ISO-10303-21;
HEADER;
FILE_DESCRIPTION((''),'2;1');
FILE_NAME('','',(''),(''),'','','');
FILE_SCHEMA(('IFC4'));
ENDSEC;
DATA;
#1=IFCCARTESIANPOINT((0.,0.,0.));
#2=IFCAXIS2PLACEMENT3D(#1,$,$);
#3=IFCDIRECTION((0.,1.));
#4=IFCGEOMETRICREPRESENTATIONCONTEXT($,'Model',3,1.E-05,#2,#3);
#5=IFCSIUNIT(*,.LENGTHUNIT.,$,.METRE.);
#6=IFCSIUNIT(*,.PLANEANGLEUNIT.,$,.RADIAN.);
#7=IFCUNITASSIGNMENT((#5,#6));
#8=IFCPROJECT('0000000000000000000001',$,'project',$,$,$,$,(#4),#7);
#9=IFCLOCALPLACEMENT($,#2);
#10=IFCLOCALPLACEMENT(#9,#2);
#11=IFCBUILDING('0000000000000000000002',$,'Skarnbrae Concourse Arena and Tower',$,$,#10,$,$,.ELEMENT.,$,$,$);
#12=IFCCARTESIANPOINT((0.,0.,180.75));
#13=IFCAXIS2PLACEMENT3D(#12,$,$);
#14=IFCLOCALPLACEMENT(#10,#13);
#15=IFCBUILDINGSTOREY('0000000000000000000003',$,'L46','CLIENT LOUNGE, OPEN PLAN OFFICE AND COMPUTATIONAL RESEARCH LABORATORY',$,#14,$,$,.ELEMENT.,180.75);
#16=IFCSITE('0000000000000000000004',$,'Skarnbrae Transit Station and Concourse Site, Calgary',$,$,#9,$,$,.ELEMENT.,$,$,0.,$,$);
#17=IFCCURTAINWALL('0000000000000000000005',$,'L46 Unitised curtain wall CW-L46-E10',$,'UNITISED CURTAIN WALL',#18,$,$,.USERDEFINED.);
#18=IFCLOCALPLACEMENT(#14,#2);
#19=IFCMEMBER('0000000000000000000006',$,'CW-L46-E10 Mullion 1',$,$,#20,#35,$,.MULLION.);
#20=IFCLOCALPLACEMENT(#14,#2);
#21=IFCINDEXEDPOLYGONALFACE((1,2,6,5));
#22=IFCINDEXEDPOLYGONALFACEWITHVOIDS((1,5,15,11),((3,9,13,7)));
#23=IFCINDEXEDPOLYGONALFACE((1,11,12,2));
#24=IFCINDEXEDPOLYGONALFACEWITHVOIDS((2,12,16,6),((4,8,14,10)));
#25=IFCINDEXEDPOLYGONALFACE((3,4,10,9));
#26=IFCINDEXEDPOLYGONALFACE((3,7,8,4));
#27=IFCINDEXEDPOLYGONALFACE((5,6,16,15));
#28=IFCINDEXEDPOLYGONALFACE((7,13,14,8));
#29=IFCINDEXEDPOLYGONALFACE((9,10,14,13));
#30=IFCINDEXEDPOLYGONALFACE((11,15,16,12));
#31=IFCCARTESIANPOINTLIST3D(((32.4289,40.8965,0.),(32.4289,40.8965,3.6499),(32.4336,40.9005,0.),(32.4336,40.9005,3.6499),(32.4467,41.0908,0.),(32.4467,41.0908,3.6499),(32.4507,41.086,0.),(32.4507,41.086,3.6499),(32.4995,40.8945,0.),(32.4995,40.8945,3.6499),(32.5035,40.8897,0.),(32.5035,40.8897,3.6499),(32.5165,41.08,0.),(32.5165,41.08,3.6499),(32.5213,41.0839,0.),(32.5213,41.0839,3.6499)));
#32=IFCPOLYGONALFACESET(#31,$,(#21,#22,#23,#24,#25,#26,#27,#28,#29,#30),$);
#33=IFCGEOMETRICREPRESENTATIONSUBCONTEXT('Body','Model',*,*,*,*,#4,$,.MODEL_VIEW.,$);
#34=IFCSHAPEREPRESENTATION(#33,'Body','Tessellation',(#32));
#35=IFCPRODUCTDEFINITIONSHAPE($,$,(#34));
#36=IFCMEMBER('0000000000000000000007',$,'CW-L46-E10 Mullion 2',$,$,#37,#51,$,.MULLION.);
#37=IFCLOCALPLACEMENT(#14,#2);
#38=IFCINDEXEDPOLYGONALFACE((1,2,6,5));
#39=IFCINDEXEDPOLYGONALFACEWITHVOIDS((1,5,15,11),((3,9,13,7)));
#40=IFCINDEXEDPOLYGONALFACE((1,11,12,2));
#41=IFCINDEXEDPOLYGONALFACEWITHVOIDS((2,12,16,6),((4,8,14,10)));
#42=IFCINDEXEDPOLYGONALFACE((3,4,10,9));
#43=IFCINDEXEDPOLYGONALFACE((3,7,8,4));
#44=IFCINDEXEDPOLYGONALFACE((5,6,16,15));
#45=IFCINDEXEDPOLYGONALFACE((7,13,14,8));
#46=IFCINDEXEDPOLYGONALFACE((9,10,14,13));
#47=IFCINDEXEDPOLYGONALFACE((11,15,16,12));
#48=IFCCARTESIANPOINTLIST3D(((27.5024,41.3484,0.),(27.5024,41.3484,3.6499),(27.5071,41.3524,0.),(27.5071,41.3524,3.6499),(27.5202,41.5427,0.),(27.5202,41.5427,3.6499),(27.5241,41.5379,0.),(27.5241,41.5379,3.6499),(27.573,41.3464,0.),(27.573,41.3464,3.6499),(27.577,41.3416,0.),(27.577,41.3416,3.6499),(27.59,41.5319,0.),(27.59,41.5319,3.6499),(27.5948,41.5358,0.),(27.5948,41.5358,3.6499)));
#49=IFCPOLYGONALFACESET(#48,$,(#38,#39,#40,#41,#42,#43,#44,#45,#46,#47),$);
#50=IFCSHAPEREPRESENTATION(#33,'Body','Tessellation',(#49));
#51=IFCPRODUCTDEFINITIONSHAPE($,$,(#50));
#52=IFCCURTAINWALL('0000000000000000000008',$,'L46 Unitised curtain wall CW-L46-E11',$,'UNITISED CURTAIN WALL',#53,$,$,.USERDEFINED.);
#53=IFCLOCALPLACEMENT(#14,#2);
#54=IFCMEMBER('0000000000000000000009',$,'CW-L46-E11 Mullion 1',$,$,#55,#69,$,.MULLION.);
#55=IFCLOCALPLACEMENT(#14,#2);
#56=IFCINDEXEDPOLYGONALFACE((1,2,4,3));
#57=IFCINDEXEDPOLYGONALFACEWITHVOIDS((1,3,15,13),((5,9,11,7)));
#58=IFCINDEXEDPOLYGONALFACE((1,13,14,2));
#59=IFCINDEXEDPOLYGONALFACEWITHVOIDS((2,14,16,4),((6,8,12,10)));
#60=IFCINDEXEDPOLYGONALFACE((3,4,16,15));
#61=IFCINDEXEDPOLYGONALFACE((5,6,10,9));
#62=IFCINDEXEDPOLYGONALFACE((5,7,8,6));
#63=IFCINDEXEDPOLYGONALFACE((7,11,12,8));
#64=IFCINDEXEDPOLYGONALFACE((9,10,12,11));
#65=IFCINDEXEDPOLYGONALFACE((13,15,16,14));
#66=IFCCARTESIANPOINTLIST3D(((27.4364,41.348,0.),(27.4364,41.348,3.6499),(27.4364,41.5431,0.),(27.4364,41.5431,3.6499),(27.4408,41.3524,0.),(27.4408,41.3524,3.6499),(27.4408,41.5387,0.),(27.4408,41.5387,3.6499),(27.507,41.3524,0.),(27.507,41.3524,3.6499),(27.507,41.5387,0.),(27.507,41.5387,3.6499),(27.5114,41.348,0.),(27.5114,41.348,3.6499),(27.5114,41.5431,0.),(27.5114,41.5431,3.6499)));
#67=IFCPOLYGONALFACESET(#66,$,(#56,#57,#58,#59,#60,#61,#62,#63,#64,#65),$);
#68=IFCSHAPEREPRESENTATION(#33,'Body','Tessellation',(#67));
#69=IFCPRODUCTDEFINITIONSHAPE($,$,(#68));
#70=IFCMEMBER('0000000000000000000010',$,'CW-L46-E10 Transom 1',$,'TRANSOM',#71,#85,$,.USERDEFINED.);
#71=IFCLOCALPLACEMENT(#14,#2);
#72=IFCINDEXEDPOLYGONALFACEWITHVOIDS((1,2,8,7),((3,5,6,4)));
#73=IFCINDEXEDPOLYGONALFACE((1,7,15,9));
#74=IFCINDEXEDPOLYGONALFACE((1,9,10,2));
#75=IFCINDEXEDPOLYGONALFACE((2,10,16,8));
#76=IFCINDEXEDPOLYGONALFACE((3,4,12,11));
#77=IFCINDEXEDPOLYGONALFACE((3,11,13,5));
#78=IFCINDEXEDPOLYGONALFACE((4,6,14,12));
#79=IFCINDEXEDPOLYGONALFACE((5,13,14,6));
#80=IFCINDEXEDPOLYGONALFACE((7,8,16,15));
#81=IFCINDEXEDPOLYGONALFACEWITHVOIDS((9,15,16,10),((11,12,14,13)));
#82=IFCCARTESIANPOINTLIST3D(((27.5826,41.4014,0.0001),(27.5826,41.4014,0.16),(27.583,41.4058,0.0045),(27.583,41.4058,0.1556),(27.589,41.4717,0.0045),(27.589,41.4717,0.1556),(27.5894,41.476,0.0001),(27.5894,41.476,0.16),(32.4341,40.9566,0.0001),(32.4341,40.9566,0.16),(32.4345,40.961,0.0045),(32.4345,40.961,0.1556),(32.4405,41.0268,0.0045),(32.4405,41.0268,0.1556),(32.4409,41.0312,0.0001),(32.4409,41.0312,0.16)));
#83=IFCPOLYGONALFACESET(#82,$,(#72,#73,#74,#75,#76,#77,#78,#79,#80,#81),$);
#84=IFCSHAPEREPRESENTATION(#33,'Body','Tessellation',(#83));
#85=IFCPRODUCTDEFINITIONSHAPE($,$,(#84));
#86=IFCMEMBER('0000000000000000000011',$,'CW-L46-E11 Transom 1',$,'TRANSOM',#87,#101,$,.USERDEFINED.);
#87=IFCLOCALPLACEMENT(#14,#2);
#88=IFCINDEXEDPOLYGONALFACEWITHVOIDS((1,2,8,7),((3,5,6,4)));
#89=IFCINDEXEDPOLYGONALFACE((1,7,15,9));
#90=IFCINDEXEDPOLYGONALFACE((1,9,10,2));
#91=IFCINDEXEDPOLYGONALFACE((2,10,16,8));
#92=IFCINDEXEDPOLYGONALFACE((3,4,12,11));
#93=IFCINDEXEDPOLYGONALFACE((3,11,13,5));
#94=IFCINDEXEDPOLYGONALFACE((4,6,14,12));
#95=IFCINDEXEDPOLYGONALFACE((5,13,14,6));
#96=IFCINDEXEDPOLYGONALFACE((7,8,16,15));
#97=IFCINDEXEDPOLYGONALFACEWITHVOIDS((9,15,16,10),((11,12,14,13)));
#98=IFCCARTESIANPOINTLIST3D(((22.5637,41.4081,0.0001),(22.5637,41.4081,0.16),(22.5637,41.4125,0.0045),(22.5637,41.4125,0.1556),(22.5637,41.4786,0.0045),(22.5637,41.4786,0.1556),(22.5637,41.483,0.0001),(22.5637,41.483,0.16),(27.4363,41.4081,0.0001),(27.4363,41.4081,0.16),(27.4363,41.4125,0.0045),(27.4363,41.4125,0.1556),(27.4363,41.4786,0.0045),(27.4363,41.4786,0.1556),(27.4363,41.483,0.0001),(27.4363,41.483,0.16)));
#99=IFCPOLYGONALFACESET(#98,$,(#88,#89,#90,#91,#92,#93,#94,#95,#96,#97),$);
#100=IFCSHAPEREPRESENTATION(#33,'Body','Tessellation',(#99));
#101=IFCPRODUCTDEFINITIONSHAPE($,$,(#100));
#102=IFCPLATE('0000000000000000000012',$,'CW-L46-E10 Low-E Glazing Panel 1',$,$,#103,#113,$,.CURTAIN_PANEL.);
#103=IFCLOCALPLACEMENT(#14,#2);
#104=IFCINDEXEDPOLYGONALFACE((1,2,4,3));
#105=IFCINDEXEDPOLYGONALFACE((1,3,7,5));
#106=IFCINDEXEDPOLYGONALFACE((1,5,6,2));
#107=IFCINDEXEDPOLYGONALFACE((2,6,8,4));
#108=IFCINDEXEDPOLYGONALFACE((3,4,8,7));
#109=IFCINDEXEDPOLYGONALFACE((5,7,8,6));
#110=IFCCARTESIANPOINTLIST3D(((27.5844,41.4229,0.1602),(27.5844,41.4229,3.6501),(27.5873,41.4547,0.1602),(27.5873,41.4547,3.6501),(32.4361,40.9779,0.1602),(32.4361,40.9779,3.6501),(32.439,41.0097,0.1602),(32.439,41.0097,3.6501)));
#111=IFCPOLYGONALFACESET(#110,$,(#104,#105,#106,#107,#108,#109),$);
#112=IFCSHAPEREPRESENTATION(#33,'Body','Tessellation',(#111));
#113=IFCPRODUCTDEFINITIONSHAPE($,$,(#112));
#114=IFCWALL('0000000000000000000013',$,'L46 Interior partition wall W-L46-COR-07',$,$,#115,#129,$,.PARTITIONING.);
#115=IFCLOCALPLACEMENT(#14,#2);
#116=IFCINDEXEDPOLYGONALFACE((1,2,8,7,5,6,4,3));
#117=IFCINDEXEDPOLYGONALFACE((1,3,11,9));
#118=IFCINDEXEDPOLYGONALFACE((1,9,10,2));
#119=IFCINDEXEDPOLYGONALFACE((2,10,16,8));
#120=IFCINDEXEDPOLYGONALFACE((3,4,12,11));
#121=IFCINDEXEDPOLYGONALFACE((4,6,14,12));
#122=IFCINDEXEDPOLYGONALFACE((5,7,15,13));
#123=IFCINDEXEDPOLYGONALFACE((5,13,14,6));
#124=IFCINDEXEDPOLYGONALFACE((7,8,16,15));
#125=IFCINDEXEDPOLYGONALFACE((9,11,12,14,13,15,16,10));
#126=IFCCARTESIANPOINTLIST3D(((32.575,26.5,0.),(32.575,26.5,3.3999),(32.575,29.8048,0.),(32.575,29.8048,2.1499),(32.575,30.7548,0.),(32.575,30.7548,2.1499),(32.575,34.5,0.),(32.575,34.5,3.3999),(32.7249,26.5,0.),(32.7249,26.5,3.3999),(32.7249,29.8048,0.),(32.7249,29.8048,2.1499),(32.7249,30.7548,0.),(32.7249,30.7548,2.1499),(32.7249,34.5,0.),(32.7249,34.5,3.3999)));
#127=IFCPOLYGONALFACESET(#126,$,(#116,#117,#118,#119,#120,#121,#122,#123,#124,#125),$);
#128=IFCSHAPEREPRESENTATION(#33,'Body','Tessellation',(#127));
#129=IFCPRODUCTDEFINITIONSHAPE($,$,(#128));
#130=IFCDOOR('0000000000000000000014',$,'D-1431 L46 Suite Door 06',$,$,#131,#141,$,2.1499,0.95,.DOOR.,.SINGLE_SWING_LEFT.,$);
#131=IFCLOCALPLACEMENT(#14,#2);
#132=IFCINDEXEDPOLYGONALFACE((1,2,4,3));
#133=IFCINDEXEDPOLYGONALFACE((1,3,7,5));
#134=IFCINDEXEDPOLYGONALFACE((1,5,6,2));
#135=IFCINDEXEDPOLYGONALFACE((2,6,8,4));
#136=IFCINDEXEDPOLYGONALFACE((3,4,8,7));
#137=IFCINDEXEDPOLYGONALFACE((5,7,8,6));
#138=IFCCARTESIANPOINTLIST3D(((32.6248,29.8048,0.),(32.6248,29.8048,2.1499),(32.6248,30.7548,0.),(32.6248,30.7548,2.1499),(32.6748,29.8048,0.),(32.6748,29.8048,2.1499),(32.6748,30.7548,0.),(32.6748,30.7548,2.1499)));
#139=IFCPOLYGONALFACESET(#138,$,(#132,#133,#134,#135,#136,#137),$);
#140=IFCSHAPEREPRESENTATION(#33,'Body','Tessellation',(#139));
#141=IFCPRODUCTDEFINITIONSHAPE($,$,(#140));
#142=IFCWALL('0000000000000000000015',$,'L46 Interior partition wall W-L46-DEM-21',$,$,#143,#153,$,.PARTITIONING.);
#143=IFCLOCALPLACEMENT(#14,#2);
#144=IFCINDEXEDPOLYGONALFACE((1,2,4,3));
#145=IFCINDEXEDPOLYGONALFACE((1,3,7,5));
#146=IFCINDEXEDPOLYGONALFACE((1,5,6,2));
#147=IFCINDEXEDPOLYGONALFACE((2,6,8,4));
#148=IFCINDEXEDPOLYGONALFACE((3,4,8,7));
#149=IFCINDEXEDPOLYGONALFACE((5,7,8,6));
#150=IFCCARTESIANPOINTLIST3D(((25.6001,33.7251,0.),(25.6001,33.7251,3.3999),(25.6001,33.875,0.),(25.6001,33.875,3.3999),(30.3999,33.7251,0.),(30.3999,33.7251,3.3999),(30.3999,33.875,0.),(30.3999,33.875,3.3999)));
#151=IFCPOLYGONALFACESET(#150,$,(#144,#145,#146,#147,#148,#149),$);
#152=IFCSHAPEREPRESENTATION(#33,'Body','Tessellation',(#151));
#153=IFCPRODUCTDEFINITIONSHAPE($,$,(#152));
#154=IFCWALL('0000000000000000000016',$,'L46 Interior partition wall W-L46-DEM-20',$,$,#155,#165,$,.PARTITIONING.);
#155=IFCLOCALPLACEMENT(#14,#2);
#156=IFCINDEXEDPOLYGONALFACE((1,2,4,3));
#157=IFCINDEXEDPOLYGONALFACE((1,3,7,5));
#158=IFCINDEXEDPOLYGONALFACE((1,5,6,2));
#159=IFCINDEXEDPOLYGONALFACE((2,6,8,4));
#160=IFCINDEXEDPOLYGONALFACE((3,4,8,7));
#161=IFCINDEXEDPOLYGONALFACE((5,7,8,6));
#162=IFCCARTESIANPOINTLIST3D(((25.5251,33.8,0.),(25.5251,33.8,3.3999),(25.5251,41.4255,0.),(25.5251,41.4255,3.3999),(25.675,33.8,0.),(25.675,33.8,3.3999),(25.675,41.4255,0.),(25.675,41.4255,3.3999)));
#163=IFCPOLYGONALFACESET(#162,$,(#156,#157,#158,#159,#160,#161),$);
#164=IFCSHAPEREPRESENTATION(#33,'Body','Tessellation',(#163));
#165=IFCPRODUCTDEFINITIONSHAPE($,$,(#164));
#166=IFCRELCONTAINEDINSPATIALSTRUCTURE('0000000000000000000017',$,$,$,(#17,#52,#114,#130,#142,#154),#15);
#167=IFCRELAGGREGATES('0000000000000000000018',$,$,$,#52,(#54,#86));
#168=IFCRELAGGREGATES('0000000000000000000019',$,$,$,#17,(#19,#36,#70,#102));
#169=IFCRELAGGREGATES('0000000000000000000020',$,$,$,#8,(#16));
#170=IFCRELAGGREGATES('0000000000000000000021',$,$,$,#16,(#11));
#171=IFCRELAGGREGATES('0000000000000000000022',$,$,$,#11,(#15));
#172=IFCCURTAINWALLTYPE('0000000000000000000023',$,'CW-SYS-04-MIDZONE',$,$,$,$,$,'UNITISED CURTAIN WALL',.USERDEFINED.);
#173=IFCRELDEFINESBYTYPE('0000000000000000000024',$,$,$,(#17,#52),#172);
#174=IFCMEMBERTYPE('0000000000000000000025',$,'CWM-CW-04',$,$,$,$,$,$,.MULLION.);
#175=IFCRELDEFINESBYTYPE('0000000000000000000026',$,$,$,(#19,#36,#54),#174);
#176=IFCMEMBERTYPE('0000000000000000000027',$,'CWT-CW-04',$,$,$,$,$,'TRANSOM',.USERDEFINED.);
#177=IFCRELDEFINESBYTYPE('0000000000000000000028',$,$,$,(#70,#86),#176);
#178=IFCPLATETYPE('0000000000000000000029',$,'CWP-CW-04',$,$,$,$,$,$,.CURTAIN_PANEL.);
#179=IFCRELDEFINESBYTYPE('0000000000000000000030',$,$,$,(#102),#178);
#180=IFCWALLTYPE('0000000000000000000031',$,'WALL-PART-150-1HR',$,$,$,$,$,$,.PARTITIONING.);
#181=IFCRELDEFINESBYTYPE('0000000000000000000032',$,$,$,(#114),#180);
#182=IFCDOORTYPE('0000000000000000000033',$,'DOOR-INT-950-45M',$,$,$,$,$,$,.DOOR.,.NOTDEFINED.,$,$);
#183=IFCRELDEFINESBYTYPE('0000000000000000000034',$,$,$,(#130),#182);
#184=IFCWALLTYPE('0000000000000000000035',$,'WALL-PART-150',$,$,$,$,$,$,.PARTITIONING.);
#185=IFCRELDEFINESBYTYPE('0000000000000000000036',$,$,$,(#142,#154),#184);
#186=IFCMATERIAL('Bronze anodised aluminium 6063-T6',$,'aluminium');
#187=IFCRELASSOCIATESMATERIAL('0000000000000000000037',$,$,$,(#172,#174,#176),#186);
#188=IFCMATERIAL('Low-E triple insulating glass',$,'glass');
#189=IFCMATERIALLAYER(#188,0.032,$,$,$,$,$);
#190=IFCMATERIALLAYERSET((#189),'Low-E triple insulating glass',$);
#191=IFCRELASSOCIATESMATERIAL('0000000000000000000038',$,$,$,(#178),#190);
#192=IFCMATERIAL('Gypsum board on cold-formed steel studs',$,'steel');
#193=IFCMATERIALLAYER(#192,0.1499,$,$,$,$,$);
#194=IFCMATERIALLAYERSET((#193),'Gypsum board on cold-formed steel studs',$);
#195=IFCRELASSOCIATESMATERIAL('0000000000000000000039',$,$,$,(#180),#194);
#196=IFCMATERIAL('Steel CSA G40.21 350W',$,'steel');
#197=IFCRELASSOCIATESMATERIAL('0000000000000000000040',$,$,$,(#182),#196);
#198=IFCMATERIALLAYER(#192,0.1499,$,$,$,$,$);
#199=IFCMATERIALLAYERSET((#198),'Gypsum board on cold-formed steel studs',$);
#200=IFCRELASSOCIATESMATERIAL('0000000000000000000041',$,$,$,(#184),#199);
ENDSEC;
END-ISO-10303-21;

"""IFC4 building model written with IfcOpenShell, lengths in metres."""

from ifc_helpers import new_model, si_unit, direction, frame, frame_2d, origin, origin_2d, place, context, subcontext, project, spatial, rectangle, hollow_rectangle, extrude, source, transform, mapped, material, layer, layer_set, material_profile, profile_set, type_object, element, fill, aggregate, save


model = new_model("IFC4")

# Units and contexts
model_context = context("Model", 3, precision=1e-05, world=origin(), true_north=direction((0.0, 1.0)))
body_context = subcontext(model_context, "Body", "Model", "MODEL_VIEW")
ifc_project = project(units=[si_unit("LENGTHUNIT", "METRE"), si_unit("PLANEANGLEUNIT", "RADIAN")], contexts=[model_context])

# Site, building, storey
site_placement = place(None, origin())
site = spatial("IfcSite", under=ifc_project, at=site_placement, Name="Skarnbrae Transit Station and Concourse Site, Calgary", CompositionType="ELEMENT", RefElevation=0.0)
building_placement = place(site_placement, origin())
building = spatial("IfcBuilding", under=site, at=building_placement, Name="Skarnbrae Concourse Arena and Tower", CompositionType="ELEMENT")
storey_placement = place(building_placement, frame((0.0, 0.0, 180.75)))
storey = spatial("IfcBuildingStorey", under=building, at=storey_placement, Name="L46", Description="CLIENT LOUNGE, OPEN PLAN OFFICE AND COMPUTATIONAL RESEARCH LABORATORY", CompositionType="ELEMENT", Elevation=180.75)

# Shared definitions
ifc_material_1 = material(Name="Steel CSA G40.21 350W", Category="steel")

# Shared definitions
ifc_material_2 = material(Name="Bronze anodised aluminium 6063-T6", Category="aluminium")
curtain_wall_type = type_object("IfcCurtainWallType", Name="CW-SYS-04-MIDZONE", ElementType="UNITISED CURTAIN WALL", PredefinedType="USERDEFINED", material=ifc_material_2)
ifc_material_profile_1 = material_profile(ifc_material_2, hollow_rectangle(XDim=0.075, YDim=0.1951, WallThickness=0.0044, at=origin_2d()), Name="ALU-MULL-75X195")
ifc_profile_set_1 = profile_set([ifc_material_profile_1], Name="Bronze anodised aluminium 6063-T6")
member_type_1 = type_object("IfcMemberType", Name="CWM-CW-04", PredefinedType="MULLION", material=ifc_profile_set_1)
shared_shape_1 = source(origin(), body_context, "Body", "SweptSolid", [
    extrude(hollow_rectangle(XDim=0.075, YDim=0.1951, WallThickness=0.0044, at=origin_2d()), origin(), (0.0, 0.0, 1.0), 3.6499),
])

# Curtain wall, members
curtain_wall_1_placement = place(storey_placement, origin())
curtain_wall_1 = element("IfcCurtainWall", 1, at=curtain_wall_1_placement, inside=storey, type_object=curtain_wall_type, Name="L46 Unitised curtain wall CW-L46-E10", ObjectType="UNITISED CURTAIN WALL", PredefinedType="USERDEFINED")
member_1_placement = place(storey_placement, frame((32.4751, 40.9902, 0.0), z_axis=(0.0, 0.0, 1.0), x_axis=(-0.99582, 0.091338, 0.0)))
member_1 = element("IfcMember", 2, at=member_1_placement, type_object=member_type_1, Name="CW-L46-E10 Mullion 1", PredefinedType="MULLION", context=body_context, shape_type="MappedRepresentation", body=[
    mapped(shared_shape_1, transform((0.0, 0.0, 0.0))),
])
member_2_placement = place(storey_placement, frame((27.5486, 41.4421, 0.0), z_axis=(0.0, 0.0, 1.0), x_axis=(-0.99582, 0.091338, 0.0)))
member_2 = element("IfcMember", 3, at=member_2_placement, type_object=member_type_1, Name="CW-L46-E10 Mullion 2", PredefinedType="MULLION", context=body_context, shape_type="MappedRepresentation", body=[
    mapped(shared_shape_1, transform((0.0, 0.0, 0.0))),
])

# Curtain wall, member
curtain_wall_2_placement = place(storey_placement, origin())
curtain_wall_2 = element("IfcCurtainWall", 4, at=curtain_wall_2_placement, inside=storey, type_object=curtain_wall_type, Name="L46 Unitised curtain wall CW-L46-E11", ObjectType="UNITISED CURTAIN WALL", PredefinedType="USERDEFINED")
member_3_placement = place(storey_placement, frame((27.4739, 41.4456, 0.0), z_axis=(0.0, 0.0, 1.0), x_axis=(-1.0, 0.0, 0.0)))
member_3 = element("IfcMember", 5, at=member_3_placement, type_object=member_type_1, Name="CW-L46-E11 Mullion 1", PredefinedType="MULLION", context=body_context, shape_type="MappedRepresentation", body=[
    mapped(shared_shape_1, transform((0.0, 0.0, 0.0))),
])

# Members
ifc_material_profile_2 = material_profile(ifc_material_2, hollow_rectangle(XDim=0.075, YDim=0.1599, WallThickness=0.0044, at=origin_2d()), Name="ALU-TRAN-75X160")
ifc_profile_set_2 = profile_set([ifc_material_profile_2], Name="Bronze anodised aluminium 6063-T6")
member_type_2 = type_object("IfcMemberType", Name="CWT-CW-04", ElementType="TRANSOM", PredefinedType="USERDEFINED", material=ifc_profile_set_2)
shared_shape_2 = source(origin(), body_context, "Body", "SweptSolid", [
    extrude(hollow_rectangle(XDim=0.075, YDim=0.1599, WallThickness=0.0044, at=origin_2d()), origin(), (0.0, 0.0, 1.0), 4.8718),
])
member_4_placement = place(storey_placement, frame((32.4375, 40.9939, 0.0801), z_axis=(-0.995823, 0.091304, 0.0), x_axis=(-0.091304, -0.995823, 0.0)))
member_4 = element("IfcMember", 6, at=member_4_placement, type_object=member_type_2, Name="CW-L46-E10 Transom 1", ObjectType="TRANSOM", PredefinedType="USERDEFINED", context=body_context, shape_type="MappedRepresentation", body=[
    mapped(shared_shape_2, transform((0.0, 0.0, 0.0))),
])
shared_shape_3 = source(origin(), body_context, "Body", "SweptSolid", [
    extrude(hollow_rectangle(XDim=0.075, YDim=0.1599, WallThickness=0.0044, at=origin_2d()), origin(), (0.0, 0.0, 1.0), 4.8726),
])
member_5_placement = place(storey_placement, frame((27.4363, 41.4456, 0.0801), z_axis=(-1.0, 0.0, 0.0), x_axis=(0.0, -1.0, 0.0)))
member_5 = element("IfcMember", 7, at=member_5_placement, type_object=member_type_2, Name="CW-L46-E11 Transom 1", ObjectType="TRANSOM", PredefinedType="USERDEFINED", context=body_context, shape_type="MappedRepresentation", body=[
    mapped(shared_shape_3, transform((0.0, 0.0, 0.0))),
])
aggregate(curtain_wall_2, [member_3, member_5])

# Plate
ifc_material_3 = material(Name="Low-E triple insulating glass", Category="glass")
ifc_layer_1 = layer(ifc_material_3, 0.032)
ifc_layer_set_1 = layer_set([ifc_layer_1], Name="Low-E triple insulating glass")
plate_type = type_object("IfcPlateType", Name="CWP-CW-04", PredefinedType="CURTAIN_PANEL", material=ifc_layer_set_1)
shared_shape_4 = source(origin(), body_context, "Body", "SweptSolid", [
    extrude(rectangle(XDim=4.8721, YDim=0.032, at=origin_2d()), origin(), (0.0, 0.0, 1.0), 3.49),
])
plate_placement = place(storey_placement, frame((30.0117, 41.2163, 0.1602), z_axis=(0.0, 0.0, 1.0), x_axis=(-0.99582, 0.091338, 0.0)))
plate = element("IfcPlate", 8, at=plate_placement, type_object=plate_type, Name="CW-L46-E10 Low-E Glazing Panel 1", PredefinedType="CURTAIN_PANEL", context=body_context, shape_type="MappedRepresentation", body=[
    mapped(shared_shape_4, transform((0.0, 0.0, 0.0))),
])
aggregate(curtain_wall_1, [member_1, member_2, member_4, plate])

# Wall, opening, door
ifc_material_4 = material(Name="Gypsum board on cold-formed steel studs", Category="steel")
ifc_layer_2 = layer(ifc_material_4, 0.1499)
ifc_layer_set_2 = layer_set([ifc_layer_2], Name="Gypsum board on cold-formed steel studs")
wall_type_1 = type_object("IfcWallType", Name="WALL-PART-150-1HR", PredefinedType="PARTITIONING", material=ifc_layer_set_2)
shared_shape_5 = source(origin(), body_context, "Body", "SweptSolid", [
    extrude(rectangle(XDim=8.0, YDim=0.1499, at=frame_2d((4.0, 0.0))), origin(), (0.0, 0.0, 1.0), 3.3999),
])
wall_1_placement = place(storey_placement, frame((32.6499, 34.5, 0.0), z_axis=(0.0, 0.0, 1.0), x_axis=(0.0, -1.0, 0.0)))
wall_1 = element("IfcWall", 9, at=wall_1_placement, inside=storey, type_object=wall_type_1, Name="L46 Interior partition wall W-L46-COR-07", PredefinedType="PARTITIONING", context=body_context, shape_type="MappedRepresentation", body=[
    mapped(shared_shape_5, transform((0.0, 0.0, 0.0))),
])
opening_1_placement = place(wall_1_placement, frame((3.7451, 0.0, 0.0)))
opening_1 = element("IfcOpeningElement", 10, at=opening_1_placement, cuts=wall_1, PredefinedType="OPENING", context=body_context, shape_type="SweptSolid", body=[
    extrude(rectangle(XDim=0.95, YDim=2.1499, at=frame_2d((0.4751, 1.075))), frame((0.0, 0.085, 0.0), z_axis=(0.0, -1.0, 0.0), x_axis=(1.0, 0.0, 0.0)), (0.0, 0.0, 1.0), 0.1699),
])
door_type = type_object("IfcDoorType", Name="DOOR-INT-950-45M", OperationType="NOTDEFINED", PredefinedType="DOOR", material=ifc_material_1)
shared_shape_6 = source(origin(), body_context, "Body", "SweptSolid", [
    extrude(rectangle(XDim=0.95, YDim=2.1499, at=frame_2d((0.4751, 1.075))), frame((0.0, 0.0249, 0.0), z_axis=(0.0, -1.0, 0.0), x_axis=(1.0, 0.0, 0.0)), (0.0, 0.0, 1.0), 0.05),
])
door_1_placement = place(opening_1_placement, origin())
door_1 = element("IfcDoor", 11, at=door_1_placement, inside=storey, type_object=door_type, Name="D-1431 L46 Suite Door 06", OperationType="SINGLE_SWING_LEFT", OverallHeight=2.1499, OverallWidth=0.95, PredefinedType="DOOR", context=body_context, shape_type="MappedRepresentation", body=[
    mapped(shared_shape_6, transform((0.0, 0.0, 0.0))),
])
fill(opening_1, door_1)

# Walls
ifc_layer_3 = layer(ifc_material_4, 0.1499)
ifc_layer_set_3 = layer_set([ifc_layer_3], Name="Gypsum board on cold-formed steel studs")
wall_type_2 = type_object("IfcWallType", Name="WALL-PART-150", PredefinedType="PARTITIONING", material=ifc_layer_set_3)
shared_shape_7 = source(origin(), body_context, "Body", "SweptSolid", [
    extrude(rectangle(XDim=4.7998, YDim=0.1499, at=frame_2d((2.3999, 0.0))), origin(), (0.0, 0.0, 1.0), 3.3999),
])
wall_2_placement = place(storey_placement, frame((25.6001, 33.8, 0.0), z_axis=(0.0, 0.0, 1.0), x_axis=(1.0, 0.0, 0.0)))
element("IfcWall", 12, at=wall_2_placement, inside=storey, type_object=wall_type_2, Name="L46 Interior partition wall W-L46-DEM-21", PredefinedType="PARTITIONING", context=body_context, shape_type="MappedRepresentation", body=[
    mapped(shared_shape_7, transform((0.0, 0.0, 0.0))),
])
shared_shape_8 = source(origin(), body_context, "Body", "SweptSolid", [
    extrude(rectangle(XDim=7.6255, YDim=0.1499, at=frame_2d((3.8127, 0.0))), origin(), (0.0, 0.0, 1.0), 3.3999),
])
wall_3_placement = place(storey_placement, frame((25.6001, 41.4255, 0.0), z_axis=(0.0, 0.0, 1.0), x_axis=(0.0, -1.0, 0.0)))
element("IfcWall", 13, at=wall_3_placement, inside=storey, type_object=wall_type_2, Name="L46 Interior partition wall W-L46-DEM-20", PredefinedType="PARTITIONING", context=body_context, shape_type="MappedRepresentation", body=[
    mapped(shared_shape_8, transform((0.0, 0.0, 0.0))),
])

save(model, "model.ifc")
